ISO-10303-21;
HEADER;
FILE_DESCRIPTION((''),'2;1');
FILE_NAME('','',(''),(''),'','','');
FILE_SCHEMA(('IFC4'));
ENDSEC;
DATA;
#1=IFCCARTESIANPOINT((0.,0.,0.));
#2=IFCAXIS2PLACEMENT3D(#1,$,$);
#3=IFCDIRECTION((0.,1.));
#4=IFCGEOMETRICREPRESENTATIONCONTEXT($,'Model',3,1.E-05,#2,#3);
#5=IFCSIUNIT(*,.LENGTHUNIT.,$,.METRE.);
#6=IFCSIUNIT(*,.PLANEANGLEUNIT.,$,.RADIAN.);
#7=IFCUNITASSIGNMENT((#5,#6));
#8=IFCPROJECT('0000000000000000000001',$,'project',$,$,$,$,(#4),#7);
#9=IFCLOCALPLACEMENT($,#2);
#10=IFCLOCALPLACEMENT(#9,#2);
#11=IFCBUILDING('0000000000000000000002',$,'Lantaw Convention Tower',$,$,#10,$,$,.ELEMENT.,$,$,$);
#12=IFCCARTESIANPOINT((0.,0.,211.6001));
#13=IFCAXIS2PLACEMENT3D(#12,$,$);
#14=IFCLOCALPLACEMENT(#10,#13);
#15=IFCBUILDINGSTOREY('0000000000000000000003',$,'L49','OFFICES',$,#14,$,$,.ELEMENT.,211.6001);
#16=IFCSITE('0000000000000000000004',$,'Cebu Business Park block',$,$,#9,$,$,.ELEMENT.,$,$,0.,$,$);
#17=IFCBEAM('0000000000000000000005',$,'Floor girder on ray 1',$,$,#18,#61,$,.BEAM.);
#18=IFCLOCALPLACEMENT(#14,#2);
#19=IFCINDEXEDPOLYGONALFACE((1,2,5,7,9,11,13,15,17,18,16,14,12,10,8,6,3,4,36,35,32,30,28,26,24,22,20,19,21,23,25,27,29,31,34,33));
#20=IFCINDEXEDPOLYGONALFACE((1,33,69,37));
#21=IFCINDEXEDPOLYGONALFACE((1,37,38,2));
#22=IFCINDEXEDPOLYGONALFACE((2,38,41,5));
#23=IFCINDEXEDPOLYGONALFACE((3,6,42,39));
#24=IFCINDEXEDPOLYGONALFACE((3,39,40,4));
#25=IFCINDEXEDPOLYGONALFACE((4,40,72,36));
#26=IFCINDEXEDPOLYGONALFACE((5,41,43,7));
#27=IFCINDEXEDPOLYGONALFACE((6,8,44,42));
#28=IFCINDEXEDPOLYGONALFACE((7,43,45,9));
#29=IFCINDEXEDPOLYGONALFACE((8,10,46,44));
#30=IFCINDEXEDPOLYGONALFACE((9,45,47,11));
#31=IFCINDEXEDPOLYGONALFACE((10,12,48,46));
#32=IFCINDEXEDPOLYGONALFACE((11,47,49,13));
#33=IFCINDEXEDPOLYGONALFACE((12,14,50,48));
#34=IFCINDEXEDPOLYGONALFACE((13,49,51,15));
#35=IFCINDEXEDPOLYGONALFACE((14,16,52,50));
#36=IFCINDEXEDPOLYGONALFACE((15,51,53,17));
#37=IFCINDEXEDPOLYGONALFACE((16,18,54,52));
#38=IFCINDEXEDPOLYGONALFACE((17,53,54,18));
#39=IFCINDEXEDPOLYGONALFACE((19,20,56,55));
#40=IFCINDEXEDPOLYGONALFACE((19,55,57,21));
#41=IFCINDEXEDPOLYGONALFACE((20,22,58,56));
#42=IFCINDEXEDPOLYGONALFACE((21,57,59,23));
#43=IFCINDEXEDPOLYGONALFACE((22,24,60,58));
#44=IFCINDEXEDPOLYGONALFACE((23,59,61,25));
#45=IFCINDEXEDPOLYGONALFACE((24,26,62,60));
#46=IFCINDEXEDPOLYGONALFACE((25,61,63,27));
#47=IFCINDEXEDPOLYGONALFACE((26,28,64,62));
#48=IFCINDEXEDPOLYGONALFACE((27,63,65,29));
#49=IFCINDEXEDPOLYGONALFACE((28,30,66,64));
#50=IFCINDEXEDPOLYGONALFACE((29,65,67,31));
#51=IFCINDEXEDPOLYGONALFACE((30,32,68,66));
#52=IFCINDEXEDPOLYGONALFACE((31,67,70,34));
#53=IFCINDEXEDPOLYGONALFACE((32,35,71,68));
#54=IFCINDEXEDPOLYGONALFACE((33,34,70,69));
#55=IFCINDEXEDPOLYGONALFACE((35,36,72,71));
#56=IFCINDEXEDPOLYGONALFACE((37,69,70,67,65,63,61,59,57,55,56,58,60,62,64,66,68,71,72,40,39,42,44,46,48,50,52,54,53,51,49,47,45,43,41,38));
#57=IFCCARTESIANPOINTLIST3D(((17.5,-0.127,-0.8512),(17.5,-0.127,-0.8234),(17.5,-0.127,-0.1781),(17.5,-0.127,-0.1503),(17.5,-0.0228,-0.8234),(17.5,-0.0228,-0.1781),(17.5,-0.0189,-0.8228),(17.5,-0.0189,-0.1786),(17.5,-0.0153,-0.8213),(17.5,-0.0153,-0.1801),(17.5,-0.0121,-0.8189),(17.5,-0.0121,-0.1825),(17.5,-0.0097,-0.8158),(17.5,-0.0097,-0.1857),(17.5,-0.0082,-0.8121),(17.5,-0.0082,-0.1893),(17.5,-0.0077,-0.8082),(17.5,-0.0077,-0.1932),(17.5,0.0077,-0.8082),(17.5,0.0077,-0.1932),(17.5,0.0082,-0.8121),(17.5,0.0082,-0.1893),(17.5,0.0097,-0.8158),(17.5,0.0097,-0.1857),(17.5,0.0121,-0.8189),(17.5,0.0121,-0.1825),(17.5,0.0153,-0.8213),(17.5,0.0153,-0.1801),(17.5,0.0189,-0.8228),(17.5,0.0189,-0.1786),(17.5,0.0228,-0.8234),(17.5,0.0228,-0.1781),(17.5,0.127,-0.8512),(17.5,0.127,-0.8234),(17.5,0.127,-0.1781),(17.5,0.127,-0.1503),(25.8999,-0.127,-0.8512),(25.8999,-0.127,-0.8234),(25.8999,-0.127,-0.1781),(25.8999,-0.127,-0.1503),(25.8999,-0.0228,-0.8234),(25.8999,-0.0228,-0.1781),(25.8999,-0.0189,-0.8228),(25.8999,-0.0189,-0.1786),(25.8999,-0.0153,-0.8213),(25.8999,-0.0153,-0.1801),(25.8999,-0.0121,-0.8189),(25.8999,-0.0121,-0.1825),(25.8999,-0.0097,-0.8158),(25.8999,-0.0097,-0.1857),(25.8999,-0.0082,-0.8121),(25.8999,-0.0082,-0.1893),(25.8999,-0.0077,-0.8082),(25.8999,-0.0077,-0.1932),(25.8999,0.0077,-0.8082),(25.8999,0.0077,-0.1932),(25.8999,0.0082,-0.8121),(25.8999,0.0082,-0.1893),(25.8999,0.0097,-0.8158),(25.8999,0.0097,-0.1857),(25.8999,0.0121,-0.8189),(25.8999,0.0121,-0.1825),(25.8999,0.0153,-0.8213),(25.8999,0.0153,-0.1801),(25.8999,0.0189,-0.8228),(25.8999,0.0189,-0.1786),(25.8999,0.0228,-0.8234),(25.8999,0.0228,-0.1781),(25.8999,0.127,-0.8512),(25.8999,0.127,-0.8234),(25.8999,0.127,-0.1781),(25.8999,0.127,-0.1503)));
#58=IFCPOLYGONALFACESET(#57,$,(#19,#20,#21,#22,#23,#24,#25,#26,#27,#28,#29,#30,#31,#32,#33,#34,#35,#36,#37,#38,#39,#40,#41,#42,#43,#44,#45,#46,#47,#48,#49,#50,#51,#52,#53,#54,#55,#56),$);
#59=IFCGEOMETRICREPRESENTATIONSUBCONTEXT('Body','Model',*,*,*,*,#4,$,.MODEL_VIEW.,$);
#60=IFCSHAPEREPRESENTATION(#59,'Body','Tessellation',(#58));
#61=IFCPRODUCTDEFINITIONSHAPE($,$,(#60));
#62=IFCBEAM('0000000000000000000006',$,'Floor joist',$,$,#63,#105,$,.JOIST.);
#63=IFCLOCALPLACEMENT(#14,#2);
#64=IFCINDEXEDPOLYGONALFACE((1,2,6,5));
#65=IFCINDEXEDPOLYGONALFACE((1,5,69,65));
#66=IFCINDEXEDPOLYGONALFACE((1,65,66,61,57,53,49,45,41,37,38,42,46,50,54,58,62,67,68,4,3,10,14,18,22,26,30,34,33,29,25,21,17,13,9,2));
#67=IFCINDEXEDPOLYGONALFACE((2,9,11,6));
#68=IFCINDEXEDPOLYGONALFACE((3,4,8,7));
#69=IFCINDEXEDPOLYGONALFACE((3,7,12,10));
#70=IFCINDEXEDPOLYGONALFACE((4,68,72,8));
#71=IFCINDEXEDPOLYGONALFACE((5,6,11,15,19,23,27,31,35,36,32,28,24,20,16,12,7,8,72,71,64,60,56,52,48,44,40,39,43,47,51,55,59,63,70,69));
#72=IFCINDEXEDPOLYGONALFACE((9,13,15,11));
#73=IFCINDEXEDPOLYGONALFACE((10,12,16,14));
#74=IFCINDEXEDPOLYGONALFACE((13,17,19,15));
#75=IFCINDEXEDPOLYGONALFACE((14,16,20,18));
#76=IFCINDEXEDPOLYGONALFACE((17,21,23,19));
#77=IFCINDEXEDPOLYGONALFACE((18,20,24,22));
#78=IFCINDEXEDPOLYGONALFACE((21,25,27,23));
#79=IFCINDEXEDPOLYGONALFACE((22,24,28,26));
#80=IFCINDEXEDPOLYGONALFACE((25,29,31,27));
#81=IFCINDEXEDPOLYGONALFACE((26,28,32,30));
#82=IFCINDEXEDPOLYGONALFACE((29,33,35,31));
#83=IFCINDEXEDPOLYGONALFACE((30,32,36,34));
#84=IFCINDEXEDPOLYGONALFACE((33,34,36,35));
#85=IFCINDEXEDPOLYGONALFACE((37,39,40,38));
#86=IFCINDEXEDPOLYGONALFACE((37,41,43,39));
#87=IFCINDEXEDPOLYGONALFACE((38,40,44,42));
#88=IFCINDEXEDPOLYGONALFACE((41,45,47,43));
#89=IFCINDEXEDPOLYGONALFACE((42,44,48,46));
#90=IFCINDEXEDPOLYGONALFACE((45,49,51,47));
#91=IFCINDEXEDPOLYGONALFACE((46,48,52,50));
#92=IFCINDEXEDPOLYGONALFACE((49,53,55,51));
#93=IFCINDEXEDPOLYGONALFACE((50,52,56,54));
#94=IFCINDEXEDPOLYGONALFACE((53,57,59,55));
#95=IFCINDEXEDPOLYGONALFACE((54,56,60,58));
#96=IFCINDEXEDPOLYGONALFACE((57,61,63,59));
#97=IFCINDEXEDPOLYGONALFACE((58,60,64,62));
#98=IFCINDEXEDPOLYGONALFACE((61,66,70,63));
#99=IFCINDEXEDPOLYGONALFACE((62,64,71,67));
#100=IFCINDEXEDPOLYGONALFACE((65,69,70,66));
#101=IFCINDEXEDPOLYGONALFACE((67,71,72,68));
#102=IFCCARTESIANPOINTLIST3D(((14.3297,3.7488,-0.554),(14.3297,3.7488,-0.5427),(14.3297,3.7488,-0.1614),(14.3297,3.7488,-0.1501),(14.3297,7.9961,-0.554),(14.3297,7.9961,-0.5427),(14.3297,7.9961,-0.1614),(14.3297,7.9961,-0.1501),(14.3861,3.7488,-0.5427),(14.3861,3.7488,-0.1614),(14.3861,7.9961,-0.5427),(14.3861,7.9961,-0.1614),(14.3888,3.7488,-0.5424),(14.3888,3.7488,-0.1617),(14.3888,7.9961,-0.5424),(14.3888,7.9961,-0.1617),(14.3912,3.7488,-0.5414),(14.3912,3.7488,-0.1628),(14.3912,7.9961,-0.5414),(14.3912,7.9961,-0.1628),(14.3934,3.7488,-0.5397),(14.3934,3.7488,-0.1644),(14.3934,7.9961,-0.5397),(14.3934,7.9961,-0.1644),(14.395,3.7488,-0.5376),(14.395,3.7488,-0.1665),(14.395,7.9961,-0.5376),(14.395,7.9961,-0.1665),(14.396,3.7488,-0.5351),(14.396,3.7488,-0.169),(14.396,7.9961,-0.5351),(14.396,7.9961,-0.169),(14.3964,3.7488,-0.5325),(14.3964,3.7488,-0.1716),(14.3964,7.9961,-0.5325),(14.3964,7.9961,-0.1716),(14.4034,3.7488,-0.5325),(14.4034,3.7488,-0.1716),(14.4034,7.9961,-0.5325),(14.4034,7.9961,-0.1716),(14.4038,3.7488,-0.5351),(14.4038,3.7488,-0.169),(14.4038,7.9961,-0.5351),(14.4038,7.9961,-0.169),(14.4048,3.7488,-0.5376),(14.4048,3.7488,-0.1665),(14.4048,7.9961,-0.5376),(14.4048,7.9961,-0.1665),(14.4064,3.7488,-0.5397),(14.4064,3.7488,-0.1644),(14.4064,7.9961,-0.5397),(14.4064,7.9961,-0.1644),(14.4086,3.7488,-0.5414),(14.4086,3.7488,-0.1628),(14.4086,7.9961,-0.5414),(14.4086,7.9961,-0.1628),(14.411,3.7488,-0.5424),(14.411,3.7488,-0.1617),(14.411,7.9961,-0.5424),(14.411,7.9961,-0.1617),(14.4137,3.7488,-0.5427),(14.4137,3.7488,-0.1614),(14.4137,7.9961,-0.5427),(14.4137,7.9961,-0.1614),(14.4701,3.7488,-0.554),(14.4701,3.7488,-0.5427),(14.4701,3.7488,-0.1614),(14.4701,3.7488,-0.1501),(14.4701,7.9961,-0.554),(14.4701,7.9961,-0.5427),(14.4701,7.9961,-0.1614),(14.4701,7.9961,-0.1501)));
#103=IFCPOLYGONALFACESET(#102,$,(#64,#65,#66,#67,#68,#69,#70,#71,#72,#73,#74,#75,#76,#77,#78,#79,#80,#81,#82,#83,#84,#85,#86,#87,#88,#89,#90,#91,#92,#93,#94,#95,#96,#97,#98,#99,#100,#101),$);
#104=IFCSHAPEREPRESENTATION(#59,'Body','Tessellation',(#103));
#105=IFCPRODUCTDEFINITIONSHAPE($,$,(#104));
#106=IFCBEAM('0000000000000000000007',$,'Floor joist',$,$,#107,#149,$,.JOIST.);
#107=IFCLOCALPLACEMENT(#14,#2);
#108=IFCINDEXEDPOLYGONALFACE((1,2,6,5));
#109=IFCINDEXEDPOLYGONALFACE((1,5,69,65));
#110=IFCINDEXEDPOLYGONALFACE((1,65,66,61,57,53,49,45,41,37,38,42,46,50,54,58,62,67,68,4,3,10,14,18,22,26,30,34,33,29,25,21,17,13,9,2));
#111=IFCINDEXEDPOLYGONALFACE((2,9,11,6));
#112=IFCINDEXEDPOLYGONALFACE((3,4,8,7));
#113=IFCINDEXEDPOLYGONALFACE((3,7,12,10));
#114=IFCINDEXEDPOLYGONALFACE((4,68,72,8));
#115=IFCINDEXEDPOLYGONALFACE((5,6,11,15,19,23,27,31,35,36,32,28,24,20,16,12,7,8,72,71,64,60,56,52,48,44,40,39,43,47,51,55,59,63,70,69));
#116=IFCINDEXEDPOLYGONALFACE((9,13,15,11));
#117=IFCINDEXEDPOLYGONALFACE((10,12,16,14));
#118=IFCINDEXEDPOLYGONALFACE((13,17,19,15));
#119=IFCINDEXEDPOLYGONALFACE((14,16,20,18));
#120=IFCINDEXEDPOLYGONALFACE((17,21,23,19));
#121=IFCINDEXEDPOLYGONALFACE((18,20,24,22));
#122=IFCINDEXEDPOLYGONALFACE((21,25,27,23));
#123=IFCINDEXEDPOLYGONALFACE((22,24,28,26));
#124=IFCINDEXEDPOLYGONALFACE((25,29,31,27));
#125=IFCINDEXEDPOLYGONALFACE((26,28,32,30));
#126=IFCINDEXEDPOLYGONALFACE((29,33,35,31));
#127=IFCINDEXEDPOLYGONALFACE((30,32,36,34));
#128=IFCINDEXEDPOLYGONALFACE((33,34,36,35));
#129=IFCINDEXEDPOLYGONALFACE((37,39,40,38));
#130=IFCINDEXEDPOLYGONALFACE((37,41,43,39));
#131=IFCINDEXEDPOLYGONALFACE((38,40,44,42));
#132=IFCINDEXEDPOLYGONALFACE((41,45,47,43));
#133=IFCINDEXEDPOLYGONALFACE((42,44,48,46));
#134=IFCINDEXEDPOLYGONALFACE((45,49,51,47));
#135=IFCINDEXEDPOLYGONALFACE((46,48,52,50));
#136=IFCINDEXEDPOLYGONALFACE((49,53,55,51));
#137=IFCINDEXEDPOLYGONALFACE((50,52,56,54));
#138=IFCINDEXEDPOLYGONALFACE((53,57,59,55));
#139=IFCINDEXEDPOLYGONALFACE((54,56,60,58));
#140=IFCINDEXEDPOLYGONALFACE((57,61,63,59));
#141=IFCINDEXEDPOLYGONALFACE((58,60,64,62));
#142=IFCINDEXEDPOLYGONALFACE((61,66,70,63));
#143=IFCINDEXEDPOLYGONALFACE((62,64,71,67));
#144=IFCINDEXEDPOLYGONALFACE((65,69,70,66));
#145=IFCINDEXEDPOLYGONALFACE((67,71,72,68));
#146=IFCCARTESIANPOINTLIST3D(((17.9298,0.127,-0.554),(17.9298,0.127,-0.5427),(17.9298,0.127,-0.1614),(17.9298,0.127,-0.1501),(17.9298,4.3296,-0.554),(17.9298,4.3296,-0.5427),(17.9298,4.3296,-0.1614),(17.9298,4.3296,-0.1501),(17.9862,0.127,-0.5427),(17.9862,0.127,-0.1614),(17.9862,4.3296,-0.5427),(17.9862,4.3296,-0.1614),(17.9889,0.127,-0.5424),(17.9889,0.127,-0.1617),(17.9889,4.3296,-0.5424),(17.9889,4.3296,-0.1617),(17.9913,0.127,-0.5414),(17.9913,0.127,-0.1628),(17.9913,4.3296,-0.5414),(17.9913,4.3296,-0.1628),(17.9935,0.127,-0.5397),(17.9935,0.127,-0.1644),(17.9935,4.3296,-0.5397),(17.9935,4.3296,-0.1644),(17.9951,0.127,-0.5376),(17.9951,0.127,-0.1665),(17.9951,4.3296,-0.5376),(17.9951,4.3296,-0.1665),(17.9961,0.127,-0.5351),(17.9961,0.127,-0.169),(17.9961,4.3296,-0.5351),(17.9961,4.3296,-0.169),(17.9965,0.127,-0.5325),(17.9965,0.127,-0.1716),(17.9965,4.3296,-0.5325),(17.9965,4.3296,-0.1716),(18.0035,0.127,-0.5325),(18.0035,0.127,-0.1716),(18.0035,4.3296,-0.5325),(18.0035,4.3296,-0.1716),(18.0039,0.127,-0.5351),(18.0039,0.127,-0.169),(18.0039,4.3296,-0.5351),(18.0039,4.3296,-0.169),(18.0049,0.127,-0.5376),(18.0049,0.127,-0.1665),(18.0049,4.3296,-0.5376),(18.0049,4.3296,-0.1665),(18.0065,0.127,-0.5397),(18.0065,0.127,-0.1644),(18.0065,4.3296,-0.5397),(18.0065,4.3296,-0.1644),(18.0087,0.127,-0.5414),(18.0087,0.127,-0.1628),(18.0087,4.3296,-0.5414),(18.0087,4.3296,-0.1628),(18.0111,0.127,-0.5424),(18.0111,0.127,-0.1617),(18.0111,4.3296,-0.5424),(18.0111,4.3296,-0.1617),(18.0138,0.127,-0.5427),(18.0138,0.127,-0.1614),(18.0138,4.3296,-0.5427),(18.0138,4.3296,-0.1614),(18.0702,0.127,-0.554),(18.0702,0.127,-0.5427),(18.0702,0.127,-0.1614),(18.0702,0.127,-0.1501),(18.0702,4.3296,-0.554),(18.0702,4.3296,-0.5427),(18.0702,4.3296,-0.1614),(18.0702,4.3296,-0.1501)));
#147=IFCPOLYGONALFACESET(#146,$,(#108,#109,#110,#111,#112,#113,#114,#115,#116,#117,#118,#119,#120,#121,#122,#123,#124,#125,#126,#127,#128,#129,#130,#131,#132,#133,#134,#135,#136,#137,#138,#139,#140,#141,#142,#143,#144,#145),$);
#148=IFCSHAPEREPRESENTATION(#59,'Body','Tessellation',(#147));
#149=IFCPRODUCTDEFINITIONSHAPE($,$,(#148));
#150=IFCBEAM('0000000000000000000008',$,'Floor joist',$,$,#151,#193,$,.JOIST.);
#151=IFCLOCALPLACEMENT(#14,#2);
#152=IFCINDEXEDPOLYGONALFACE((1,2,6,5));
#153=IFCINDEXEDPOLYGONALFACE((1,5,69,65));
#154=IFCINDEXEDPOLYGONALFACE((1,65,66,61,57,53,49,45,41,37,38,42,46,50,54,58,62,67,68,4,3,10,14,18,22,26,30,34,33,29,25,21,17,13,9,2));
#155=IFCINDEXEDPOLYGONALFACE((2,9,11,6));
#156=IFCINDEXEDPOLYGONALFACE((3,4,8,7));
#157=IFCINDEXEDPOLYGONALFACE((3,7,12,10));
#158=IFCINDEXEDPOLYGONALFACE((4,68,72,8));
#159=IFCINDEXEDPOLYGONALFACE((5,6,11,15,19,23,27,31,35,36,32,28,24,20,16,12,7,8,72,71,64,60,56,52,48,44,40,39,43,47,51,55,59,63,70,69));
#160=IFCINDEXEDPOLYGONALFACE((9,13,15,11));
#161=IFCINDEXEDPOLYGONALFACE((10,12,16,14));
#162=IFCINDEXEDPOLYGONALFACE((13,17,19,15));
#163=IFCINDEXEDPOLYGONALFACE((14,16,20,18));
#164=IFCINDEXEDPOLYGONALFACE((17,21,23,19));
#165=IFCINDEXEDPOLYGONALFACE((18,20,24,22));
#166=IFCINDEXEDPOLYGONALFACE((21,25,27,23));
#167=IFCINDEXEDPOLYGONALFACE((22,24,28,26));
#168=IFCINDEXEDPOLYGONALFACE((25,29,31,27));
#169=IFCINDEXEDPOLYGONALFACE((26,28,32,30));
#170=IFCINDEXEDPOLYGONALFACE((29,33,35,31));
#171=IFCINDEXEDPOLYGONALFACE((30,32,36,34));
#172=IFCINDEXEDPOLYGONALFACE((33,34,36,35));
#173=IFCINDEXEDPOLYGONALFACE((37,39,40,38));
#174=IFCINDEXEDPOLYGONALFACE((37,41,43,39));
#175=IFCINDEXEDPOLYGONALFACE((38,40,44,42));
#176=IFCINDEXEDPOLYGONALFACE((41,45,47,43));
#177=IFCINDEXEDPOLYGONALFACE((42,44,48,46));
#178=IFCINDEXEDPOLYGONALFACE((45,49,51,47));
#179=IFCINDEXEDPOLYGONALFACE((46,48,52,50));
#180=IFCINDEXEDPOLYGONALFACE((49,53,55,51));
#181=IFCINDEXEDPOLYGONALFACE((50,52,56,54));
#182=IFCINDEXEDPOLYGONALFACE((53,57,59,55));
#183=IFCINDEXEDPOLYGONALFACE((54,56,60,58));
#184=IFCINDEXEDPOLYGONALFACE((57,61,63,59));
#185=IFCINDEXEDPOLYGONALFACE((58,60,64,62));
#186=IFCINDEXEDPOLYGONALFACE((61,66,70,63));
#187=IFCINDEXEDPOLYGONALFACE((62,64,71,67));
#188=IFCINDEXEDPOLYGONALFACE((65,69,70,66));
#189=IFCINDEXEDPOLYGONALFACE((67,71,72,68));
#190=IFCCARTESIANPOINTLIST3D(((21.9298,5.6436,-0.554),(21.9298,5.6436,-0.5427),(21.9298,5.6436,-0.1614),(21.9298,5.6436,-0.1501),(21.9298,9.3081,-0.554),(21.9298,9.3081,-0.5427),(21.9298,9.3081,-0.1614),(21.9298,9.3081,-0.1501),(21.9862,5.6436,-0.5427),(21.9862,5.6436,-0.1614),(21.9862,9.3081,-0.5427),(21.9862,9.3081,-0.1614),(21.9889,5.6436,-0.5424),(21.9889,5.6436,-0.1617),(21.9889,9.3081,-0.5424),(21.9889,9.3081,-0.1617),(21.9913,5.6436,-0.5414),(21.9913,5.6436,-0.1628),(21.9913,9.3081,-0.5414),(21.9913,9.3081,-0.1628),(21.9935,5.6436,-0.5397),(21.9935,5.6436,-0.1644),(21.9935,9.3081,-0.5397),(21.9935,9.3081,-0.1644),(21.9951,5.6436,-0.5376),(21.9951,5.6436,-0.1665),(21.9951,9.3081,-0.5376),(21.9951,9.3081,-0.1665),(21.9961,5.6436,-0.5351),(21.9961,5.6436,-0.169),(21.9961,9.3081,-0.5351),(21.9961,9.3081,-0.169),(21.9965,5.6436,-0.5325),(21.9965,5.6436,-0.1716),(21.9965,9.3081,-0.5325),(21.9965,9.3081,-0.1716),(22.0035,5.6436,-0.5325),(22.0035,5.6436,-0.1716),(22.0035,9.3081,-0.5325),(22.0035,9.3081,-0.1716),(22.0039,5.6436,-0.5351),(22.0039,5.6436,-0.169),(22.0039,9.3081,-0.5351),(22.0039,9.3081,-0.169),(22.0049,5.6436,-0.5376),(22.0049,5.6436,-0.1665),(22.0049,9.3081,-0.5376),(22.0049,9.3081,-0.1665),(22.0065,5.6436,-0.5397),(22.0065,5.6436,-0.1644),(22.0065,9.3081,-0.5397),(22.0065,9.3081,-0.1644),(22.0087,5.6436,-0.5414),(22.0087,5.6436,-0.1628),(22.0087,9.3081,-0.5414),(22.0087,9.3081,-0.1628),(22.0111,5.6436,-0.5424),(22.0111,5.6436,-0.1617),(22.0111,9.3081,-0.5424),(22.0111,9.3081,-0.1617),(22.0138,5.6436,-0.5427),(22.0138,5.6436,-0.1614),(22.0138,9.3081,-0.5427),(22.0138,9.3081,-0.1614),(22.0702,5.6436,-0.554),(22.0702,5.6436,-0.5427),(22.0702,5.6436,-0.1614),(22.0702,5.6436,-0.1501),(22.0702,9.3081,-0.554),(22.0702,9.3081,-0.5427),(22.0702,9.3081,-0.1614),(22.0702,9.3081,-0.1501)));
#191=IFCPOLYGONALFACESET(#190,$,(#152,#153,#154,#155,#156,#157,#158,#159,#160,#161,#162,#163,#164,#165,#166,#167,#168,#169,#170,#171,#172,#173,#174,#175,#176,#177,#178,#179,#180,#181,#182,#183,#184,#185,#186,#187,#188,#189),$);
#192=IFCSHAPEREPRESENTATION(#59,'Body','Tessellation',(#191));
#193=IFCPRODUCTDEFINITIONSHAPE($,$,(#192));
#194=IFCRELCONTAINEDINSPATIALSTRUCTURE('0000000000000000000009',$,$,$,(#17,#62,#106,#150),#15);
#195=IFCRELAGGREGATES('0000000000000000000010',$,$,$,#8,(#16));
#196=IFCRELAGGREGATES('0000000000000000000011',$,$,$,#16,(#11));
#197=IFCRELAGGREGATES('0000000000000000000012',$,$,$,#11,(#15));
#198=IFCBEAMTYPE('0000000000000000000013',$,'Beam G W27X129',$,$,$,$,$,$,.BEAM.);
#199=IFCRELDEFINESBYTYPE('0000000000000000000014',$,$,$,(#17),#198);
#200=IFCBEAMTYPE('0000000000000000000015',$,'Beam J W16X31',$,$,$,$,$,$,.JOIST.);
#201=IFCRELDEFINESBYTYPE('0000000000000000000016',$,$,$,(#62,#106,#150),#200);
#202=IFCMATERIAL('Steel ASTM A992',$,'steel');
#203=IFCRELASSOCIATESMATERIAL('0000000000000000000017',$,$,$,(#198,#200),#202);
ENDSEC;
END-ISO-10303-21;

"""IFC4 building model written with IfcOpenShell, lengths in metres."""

from ifc_helpers import new_model, si_unit, direction, frame, origin, origin_2d, place, context, subcontext, project, spatial, i_section, extrude, material, material_profile, profile_set, type_object, element, save


model = new_model("IFC4")

# Units and contexts
model_context = context("Model", 3, precision=1e-05, world=origin(), true_north=direction((0.0, 1.0)))
body_context = subcontext(model_context, "Body", "Model", "MODEL_VIEW")
ifc_project = project(units=[si_unit("LENGTHUNIT", "METRE"), si_unit("PLANEANGLEUNIT", "RADIAN")], contexts=[model_context])

# Site, building, storey
site_placement = place(None, origin())
site = spatial("IfcSite", under=ifc_project, at=site_placement, Name="Cebu Business Park block", CompositionType="ELEMENT", RefElevation=0.0)
building_placement = place(site_placement, origin())
building = spatial("IfcBuilding", under=site, at=building_placement, Name="Lantaw Convention Tower", CompositionType="ELEMENT")
storey_placement = place(building_placement, frame((0.0, 0.0, 211.6001)))
storey = spatial("IfcBuildingStorey", under=building, at=storey_placement, Name="L49", Description="OFFICES", CompositionType="ELEMENT", Elevation=211.6001)

# Beams
ifc_material_1 = material(Name="Steel ASTM A992", Category="steel")
ifc_material_profile_1 = material_profile(ifc_material_1, i_section(OverallWidth=0.2539, OverallDepth=0.7009, WebThickness=0.0154, FlangeThickness=0.0278, FilletRadius=0.0151, at=origin_2d()), Name="W27X129")
ifc_profile_set_1 = profile_set([ifc_material_profile_1], Name="Steel ASTM A992")
beam_type_1 = type_object("IfcBeamType", Name="Beam G W27X129", PredefinedType="BEAM", material=ifc_profile_set_1)
beam_1_placement = place(storey_placement, frame((17.5, 0.0, -0.5007), z_axis=(1.0, 0.0, 0.0), x_axis=(0.0, 1.0, 0.0)))
element("IfcBeam", 1, at=beam_1_placement, inside=storey, type_object=beam_type_1, Name="Floor girder on ray 1", PredefinedType="BEAM", context=body_context, shape_type="SweptSolid", body=[
    extrude(i_section(OverallWidth=0.2539, OverallDepth=0.7009, WebThickness=0.0154, FlangeThickness=0.0278, FilletRadius=0.0151, at=origin_2d()), origin(), (0.0, 0.0, 1.0), 8.3999),
])
ifc_material_profile_2 = material_profile(ifc_material_1, i_section(OverallWidth=0.1404, OverallDepth=0.4038, WebThickness=0.0071, FlangeThickness=0.0112, FilletRadius=0.0103, at=origin_2d()), Name="W16X31")
ifc_profile_set_2 = profile_set([ifc_material_profile_2], Name="Steel ASTM A992")
beam_type_2 = type_object("IfcBeamType", Name="Beam J W16X31", PredefinedType="JOIST", material=ifc_profile_set_2)
beam_2_placement = place(storey_placement, frame((14.3999, 3.7488, -0.3521), z_axis=(0.0, 1.0, 0.0), x_axis=(-1.0, 0.0, 0.0)))
element("IfcBeam", 2, at=beam_2_placement, inside=storey, type_object=beam_type_2, Name="Floor joist", PredefinedType="JOIST", context=body_context, shape_type="SweptSolid", body=[
    extrude(i_section(OverallWidth=0.1404, OverallDepth=0.4038, WebThickness=0.0071, FlangeThickness=0.0112, FilletRadius=0.0103, at=origin_2d()), origin(), (0.0, 0.0, 1.0), 4.2473),
])
beam_3_placement = place(storey_placement, frame((18.0, 0.127, -0.3521), z_axis=(0.0, 1.0, 0.0), x_axis=(-1.0, 0.0, 0.0)))
element("IfcBeam", 3, at=beam_3_placement, inside=storey, type_object=beam_type_2, Name="Floor joist", PredefinedType="JOIST", context=body_context, shape_type="SweptSolid", body=[
    extrude(i_section(OverallWidth=0.1404, OverallDepth=0.4038, WebThickness=0.0071, FlangeThickness=0.0112, FilletRadius=0.0103, at=origin_2d()), origin(), (0.0, 0.0, 1.0), 4.2026),
])
beam_4_placement = place(storey_placement, frame((22.0, 5.6436, -0.3521), z_axis=(0.0, 1.0, 0.0), x_axis=(-1.0, 0.0, 0.0)))
element("IfcBeam", 4, at=beam_4_placement, inside=storey, type_object=beam_type_2, Name="Floor joist", PredefinedType="JOIST", context=body_context, shape_type="SweptSolid", body=[
    extrude(i_section(OverallWidth=0.1404, OverallDepth=0.4038, WebThickness=0.0071, FlangeThickness=0.0112, FilletRadius=0.0103, at=origin_2d()), origin(), (0.0, 0.0, 1.0), 3.6646),
])

save(model, "model.ifc")
